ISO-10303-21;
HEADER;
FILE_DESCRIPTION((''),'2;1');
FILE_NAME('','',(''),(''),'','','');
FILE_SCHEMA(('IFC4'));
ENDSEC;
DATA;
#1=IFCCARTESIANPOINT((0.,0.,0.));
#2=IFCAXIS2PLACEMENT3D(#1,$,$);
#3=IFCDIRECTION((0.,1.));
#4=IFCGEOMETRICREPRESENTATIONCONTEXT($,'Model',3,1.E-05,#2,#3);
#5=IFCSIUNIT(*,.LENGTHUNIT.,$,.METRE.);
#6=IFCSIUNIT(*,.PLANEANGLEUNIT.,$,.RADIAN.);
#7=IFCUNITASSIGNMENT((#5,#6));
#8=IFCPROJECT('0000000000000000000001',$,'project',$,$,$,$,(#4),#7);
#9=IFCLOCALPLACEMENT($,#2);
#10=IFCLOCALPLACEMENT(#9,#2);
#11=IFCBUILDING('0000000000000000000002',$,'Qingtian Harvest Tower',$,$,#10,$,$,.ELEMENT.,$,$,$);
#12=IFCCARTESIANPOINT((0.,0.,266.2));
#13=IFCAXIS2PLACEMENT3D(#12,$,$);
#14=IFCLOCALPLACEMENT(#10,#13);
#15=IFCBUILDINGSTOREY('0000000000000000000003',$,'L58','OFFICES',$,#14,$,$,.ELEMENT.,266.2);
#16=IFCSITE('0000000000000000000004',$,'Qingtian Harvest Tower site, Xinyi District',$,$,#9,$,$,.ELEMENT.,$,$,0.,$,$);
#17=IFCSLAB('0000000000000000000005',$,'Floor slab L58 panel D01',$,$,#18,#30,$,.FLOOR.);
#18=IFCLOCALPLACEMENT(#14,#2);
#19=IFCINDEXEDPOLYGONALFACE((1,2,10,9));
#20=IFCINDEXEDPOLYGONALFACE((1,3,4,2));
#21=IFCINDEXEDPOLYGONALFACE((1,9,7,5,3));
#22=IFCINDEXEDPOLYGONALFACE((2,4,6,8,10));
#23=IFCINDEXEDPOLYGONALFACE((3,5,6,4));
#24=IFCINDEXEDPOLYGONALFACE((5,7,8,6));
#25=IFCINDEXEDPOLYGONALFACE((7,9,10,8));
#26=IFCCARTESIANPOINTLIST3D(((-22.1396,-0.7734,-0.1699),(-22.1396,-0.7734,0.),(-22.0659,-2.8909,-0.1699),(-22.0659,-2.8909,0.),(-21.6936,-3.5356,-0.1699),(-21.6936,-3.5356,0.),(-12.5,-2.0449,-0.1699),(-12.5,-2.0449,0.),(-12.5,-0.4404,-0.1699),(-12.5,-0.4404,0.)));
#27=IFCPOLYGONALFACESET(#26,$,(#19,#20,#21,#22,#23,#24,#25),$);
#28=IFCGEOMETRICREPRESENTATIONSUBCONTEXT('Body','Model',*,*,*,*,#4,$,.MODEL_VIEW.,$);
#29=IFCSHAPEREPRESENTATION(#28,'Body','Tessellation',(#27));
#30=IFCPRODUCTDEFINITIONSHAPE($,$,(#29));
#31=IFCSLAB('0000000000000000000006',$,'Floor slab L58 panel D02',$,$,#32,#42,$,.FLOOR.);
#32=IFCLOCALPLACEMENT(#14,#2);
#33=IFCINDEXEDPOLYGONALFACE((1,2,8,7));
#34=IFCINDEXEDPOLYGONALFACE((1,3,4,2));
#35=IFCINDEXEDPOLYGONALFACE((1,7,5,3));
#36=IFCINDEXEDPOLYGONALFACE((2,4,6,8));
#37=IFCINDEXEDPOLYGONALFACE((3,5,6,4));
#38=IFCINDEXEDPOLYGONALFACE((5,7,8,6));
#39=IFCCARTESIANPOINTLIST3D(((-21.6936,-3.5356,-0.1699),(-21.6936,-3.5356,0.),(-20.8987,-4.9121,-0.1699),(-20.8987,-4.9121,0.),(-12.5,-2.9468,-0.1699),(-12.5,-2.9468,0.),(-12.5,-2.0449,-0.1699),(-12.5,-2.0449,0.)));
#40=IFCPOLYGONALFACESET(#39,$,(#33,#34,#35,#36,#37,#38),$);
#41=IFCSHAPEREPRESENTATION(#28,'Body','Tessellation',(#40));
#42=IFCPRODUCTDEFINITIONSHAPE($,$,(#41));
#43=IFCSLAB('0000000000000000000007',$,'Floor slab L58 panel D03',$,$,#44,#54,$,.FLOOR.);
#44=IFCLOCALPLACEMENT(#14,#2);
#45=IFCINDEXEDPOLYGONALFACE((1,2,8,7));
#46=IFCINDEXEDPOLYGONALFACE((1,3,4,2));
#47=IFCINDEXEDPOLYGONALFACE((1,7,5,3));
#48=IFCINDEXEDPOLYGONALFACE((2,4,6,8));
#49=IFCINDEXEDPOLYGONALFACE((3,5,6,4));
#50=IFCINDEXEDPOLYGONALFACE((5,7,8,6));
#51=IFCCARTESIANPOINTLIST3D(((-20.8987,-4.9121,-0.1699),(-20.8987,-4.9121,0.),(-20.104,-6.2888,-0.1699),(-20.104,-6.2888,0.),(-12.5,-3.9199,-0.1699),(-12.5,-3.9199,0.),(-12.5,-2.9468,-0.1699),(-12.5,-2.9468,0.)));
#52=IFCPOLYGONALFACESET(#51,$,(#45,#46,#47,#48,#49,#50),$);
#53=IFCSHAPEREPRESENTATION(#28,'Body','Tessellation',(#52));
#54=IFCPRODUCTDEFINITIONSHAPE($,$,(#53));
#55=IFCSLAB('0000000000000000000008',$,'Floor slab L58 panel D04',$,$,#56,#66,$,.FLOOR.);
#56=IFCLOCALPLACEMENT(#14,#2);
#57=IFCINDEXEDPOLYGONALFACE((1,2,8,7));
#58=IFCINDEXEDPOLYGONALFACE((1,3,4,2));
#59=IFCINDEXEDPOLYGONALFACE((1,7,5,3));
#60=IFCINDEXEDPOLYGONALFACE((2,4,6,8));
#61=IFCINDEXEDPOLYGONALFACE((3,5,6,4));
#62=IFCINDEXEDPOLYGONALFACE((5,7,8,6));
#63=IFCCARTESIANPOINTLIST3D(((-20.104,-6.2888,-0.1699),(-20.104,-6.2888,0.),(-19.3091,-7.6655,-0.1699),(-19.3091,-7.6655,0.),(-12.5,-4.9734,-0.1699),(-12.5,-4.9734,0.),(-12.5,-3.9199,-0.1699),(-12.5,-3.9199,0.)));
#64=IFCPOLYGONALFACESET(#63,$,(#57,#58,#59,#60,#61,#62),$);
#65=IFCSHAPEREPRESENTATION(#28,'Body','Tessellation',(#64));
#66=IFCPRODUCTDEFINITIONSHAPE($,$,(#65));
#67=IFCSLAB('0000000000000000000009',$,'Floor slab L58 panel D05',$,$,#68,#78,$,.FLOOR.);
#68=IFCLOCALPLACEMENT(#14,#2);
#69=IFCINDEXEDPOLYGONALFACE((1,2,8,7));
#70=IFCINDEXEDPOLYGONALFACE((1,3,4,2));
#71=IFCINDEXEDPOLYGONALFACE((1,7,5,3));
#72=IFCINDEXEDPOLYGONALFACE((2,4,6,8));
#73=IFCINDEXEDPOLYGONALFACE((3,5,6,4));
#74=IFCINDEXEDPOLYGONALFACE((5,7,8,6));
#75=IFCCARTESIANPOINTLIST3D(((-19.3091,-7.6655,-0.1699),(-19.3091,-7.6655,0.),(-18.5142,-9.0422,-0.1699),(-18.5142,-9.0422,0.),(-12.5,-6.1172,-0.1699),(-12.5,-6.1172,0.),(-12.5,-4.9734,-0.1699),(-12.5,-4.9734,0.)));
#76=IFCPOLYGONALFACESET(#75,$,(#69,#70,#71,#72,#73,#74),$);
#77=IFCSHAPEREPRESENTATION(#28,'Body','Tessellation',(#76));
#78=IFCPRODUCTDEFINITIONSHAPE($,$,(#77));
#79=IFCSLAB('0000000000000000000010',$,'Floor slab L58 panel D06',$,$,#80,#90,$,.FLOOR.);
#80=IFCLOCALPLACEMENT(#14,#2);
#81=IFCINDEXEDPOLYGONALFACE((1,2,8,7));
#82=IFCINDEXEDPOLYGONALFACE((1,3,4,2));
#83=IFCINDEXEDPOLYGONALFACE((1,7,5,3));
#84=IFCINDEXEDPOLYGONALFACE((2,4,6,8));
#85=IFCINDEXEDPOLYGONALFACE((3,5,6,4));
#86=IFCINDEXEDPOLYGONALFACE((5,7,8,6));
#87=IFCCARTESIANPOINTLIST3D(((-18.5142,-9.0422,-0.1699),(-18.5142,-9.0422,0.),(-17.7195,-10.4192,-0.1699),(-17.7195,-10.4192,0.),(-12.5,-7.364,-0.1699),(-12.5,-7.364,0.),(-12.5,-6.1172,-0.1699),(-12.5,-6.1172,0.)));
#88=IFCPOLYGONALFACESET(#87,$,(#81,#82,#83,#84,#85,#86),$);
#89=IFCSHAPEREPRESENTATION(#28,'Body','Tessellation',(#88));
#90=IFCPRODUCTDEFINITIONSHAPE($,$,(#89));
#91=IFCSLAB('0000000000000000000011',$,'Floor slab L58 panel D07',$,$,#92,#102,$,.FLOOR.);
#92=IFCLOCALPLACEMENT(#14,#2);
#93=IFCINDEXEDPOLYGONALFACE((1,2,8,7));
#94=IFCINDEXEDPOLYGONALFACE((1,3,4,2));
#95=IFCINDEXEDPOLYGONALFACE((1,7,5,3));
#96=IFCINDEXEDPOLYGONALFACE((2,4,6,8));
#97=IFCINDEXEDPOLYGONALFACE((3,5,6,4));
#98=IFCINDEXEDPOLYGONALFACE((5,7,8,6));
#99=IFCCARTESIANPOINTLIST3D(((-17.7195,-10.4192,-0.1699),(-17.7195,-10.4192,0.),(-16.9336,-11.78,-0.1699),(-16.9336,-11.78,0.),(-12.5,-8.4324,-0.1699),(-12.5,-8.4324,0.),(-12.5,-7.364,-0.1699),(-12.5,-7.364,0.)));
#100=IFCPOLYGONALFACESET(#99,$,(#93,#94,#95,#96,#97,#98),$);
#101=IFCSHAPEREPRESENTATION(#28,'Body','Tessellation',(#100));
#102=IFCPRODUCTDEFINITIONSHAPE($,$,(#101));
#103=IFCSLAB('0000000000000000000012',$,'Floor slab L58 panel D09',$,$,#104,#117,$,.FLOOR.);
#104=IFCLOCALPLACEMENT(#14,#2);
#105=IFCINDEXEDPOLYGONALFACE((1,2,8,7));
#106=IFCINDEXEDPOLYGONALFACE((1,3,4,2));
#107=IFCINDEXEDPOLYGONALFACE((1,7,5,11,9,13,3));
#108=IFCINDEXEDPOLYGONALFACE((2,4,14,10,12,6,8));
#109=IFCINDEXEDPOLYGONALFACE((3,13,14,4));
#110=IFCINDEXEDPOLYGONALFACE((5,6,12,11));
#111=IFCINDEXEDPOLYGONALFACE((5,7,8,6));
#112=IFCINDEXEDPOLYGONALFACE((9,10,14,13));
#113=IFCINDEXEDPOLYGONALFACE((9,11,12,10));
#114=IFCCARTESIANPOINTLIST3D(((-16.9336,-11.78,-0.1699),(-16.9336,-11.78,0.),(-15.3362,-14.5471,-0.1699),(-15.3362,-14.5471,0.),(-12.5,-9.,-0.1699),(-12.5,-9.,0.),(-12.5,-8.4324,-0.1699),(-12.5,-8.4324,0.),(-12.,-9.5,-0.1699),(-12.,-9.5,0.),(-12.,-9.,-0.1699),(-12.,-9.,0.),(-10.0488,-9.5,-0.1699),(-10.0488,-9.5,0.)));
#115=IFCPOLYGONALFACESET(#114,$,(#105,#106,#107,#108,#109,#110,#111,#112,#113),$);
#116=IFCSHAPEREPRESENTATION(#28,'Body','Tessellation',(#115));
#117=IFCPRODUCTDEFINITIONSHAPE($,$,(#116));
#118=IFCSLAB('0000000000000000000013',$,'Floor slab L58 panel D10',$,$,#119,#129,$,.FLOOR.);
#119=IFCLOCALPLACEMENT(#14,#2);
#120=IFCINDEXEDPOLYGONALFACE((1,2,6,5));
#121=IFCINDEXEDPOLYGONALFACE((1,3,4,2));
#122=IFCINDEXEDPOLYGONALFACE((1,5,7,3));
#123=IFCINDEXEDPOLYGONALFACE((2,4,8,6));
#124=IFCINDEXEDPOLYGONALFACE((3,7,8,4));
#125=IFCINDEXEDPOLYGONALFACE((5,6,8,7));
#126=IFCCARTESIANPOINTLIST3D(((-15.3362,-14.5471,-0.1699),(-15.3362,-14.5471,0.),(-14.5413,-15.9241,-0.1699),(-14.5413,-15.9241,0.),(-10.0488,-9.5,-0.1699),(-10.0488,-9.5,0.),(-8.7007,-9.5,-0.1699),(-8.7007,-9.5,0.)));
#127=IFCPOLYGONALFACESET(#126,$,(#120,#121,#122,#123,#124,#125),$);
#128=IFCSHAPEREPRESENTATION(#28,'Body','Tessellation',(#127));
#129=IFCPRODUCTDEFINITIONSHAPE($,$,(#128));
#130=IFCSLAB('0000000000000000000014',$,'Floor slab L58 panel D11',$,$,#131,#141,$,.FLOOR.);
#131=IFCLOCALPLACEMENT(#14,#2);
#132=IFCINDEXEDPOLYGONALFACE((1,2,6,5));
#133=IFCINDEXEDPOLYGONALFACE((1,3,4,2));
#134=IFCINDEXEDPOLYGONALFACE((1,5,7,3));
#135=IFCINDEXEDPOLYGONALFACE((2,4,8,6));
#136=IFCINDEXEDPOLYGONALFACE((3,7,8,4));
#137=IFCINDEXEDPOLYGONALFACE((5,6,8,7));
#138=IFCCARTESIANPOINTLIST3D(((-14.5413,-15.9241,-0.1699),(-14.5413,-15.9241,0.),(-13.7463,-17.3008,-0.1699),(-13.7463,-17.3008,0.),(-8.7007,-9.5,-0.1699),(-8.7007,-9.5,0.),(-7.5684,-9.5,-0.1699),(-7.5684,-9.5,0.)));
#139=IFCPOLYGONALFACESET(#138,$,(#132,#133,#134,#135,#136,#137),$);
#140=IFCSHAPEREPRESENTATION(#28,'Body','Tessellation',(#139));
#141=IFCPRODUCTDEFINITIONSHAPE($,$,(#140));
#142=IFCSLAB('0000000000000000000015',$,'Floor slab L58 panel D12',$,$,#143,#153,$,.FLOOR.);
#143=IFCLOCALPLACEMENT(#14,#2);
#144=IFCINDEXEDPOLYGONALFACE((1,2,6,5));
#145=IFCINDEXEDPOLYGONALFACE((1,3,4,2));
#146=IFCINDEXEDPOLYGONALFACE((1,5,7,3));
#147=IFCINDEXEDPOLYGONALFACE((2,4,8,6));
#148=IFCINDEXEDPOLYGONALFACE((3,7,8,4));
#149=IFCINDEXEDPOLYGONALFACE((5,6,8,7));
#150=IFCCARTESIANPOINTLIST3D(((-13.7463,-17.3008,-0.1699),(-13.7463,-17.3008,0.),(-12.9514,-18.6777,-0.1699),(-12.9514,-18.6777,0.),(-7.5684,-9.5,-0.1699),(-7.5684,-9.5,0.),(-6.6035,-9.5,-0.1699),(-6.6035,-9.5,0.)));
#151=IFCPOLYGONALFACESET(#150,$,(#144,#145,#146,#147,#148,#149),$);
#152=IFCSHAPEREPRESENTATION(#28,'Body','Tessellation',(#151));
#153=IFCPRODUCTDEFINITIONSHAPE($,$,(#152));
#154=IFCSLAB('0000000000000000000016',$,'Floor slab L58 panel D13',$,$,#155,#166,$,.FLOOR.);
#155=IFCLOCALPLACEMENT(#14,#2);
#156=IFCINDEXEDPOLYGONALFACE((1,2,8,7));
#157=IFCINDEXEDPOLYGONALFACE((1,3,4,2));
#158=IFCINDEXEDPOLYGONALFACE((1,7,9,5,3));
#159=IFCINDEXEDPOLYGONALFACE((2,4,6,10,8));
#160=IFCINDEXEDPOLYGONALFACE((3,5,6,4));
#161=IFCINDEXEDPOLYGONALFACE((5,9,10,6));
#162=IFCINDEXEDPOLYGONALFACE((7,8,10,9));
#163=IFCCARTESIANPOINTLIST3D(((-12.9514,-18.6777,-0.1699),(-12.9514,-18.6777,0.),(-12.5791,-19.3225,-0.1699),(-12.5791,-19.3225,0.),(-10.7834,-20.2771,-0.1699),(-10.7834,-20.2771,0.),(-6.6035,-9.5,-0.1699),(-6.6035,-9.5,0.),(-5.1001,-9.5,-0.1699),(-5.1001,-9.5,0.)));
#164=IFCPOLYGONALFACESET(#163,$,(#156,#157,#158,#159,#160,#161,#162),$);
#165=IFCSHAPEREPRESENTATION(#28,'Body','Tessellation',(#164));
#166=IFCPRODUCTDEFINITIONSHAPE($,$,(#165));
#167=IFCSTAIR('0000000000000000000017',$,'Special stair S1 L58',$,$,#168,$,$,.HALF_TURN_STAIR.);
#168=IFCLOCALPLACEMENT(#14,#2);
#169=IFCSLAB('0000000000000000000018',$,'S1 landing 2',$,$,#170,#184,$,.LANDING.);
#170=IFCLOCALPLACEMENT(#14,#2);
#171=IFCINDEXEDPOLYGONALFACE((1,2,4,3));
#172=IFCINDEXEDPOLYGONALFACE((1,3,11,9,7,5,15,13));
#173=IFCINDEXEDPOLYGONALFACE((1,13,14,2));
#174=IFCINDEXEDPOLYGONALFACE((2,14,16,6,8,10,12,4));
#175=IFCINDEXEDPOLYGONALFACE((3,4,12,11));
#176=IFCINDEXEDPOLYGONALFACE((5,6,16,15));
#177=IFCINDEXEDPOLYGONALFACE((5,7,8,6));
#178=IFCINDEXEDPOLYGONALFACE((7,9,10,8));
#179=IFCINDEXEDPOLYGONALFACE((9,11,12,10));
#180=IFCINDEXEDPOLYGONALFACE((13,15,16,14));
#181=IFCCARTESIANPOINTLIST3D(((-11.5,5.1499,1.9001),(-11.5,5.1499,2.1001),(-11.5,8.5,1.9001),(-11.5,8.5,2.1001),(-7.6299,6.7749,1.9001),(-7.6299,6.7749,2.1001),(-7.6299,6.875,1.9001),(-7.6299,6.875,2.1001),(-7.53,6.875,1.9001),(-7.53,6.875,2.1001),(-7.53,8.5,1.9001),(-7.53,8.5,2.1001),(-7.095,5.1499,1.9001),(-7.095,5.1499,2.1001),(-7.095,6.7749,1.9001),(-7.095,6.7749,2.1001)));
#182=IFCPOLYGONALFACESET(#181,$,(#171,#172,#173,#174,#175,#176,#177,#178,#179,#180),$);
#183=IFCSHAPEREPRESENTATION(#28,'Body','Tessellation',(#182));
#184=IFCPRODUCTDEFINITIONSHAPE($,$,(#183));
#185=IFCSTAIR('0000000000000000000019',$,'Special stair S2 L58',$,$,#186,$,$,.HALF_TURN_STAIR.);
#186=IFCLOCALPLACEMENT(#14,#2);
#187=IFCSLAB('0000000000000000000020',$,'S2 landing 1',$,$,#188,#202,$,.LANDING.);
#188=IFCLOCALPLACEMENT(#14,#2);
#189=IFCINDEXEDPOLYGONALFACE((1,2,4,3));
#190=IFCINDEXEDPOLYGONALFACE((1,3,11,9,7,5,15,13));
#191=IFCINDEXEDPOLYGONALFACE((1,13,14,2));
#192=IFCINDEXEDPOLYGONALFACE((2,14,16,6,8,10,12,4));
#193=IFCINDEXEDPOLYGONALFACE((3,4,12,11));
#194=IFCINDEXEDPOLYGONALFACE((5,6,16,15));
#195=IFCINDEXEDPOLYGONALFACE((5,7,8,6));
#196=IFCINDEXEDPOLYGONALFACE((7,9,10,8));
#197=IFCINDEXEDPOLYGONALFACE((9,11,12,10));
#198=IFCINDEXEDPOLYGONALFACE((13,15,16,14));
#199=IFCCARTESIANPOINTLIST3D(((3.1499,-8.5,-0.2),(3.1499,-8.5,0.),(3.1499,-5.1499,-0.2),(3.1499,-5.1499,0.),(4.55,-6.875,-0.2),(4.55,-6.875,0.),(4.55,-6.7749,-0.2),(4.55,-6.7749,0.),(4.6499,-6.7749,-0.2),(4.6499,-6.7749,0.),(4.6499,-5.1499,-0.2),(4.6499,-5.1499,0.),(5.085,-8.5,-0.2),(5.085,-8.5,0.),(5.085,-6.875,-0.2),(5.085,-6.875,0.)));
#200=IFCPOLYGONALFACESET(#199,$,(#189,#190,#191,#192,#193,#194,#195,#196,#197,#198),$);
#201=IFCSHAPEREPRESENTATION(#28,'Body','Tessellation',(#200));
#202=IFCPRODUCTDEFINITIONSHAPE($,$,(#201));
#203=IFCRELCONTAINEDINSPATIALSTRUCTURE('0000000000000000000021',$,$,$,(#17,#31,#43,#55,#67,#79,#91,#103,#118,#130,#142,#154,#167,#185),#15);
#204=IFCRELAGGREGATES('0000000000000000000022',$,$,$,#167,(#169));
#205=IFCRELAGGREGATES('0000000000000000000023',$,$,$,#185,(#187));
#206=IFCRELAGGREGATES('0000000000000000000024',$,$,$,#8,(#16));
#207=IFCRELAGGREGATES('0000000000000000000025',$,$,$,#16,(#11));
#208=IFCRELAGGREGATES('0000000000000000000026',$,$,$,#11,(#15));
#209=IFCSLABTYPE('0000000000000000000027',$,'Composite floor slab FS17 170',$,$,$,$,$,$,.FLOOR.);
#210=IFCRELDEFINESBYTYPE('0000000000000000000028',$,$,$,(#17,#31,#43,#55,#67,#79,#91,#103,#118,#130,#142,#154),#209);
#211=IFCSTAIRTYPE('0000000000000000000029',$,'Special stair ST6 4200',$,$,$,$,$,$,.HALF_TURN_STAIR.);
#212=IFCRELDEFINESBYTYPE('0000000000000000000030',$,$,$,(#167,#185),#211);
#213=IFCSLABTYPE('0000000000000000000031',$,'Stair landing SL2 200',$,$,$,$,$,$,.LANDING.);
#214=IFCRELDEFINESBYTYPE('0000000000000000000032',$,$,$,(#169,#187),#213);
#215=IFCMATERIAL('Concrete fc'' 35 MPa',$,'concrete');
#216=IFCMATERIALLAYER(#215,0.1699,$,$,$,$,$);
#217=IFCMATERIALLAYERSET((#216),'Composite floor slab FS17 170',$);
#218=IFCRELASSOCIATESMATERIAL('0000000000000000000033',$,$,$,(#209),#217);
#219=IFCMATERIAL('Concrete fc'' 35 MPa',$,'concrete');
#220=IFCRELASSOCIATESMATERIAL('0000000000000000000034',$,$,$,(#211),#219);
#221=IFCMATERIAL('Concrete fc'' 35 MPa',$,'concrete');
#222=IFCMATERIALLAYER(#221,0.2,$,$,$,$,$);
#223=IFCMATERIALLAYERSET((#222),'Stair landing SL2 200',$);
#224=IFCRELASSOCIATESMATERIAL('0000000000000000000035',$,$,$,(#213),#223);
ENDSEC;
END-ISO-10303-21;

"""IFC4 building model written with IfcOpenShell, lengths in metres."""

from ifc_helpers import new_model, si_unit, direction, frame, origin, place, context, subcontext, project, spatial, polyline, outline, extrude, material, layer, layer_set, type_object, element, aggregate, save


model = new_model("IFC4")

# Units and contexts
model_context = context("Model", 3, precision=1e-05, world=origin(), true_north=direction((0.0, 1.0)))
body_context = subcontext(model_context, "Body", "Model", "MODEL_VIEW")
ifc_project = project(units=[si_unit("LENGTHUNIT", "METRE"), si_unit("PLANEANGLEUNIT", "RADIAN")], contexts=[model_context])

# Site, building, storey
site_placement = place(None, origin())
site = spatial("IfcSite", under=ifc_project, at=site_placement, Name="Qingtian Harvest Tower site, Xinyi District", CompositionType="ELEMENT", RefElevation=0.0)
building_placement = place(site_placement, origin())
building = spatial("IfcBuilding", under=site, at=building_placement, Name="Qingtian Harvest Tower", CompositionType="ELEMENT")
storey_placement = place(building_placement, frame((0.0, 0.0, 266.2)))
storey = spatial("IfcBuildingStorey", under=building, at=storey_placement, Name="L58", Description="OFFICES", CompositionType="ELEMENT", Elevation=266.2)

# Slabs
ifc_material_1 = material(Name="Concrete fc' 35 MPa", Category="concrete")
ifc_layer_1 = layer(ifc_material_1, 0.1699)
ifc_layer_set_1 = layer_set([ifc_layer_1], Name="Composite floor slab FS17 170")
slab_type_1 = type_object("IfcSlabType", Name="Composite floor slab FS17 170", PredefinedType="FLOOR", material=ifc_layer_set_1)
slab_1_placement = place(storey_placement, frame((0.0, 0.0, -0.1699)))
element("IfcSlab", 1, at=slab_1_placement, inside=storey, type_object=slab_type_1, Name="Floor slab L58 panel D01", PredefinedType="FLOOR", context=body_context, shape_type="SweptSolid", body=[
    extrude(outline(polyline([(-22.1396, -0.7734), (-12.5, -0.4404), (-12.5, -2.0449), (-21.6936, -3.5356), (-22.0659, -2.8909), (-22.1396, -0.7734)])), origin(), (0.0, 0.0, 1.0), 0.1699),
])
slab_2_placement = place(storey_placement, frame((0.0, 0.0, -0.1699)))
element("IfcSlab", 2, at=slab_2_placement, inside=storey, type_object=slab_type_1, Name="Floor slab L58 panel D02", PredefinedType="FLOOR", context=body_context, shape_type="SweptSolid", body=[
    extrude(outline(polyline([(-12.5, -2.9468), (-20.8987, -4.9121), (-21.6936, -3.5356), (-12.5, -2.0449), (-12.5, -2.9468)])), origin(), (0.0, 0.0, 1.0), 0.1699),
])
slab_3_placement = place(storey_placement, frame((0.0, 0.0, -0.1699)))
element("IfcSlab", 3, at=slab_3_placement, inside=storey, type_object=slab_type_1, Name="Floor slab L58 panel D03", PredefinedType="FLOOR", context=body_context, shape_type="SweptSolid", body=[
    extrude(outline(polyline([(-12.5, -3.9199), (-20.104, -6.2888), (-20.8987, -4.9121), (-12.5, -2.9468), (-12.5, -3.9199)])), origin(), (0.0, 0.0, 1.0), 0.1699),
])
slab_4_placement = place(storey_placement, frame((0.0, 0.0, -0.1699)))
element("IfcSlab", 4, at=slab_4_placement, inside=storey, type_object=slab_type_1, Name="Floor slab L58 panel D04", PredefinedType="FLOOR", context=body_context, shape_type="SweptSolid", body=[
    extrude(outline(polyline([(-12.5, -4.9734), (-19.3091, -7.6655), (-20.104, -6.2888), (-12.5, -3.9199), (-12.5, -4.9734)])), origin(), (0.0, 0.0, 1.0), 0.1699),
])
slab_5_placement = place(storey_placement, frame((0.0, 0.0, -0.1699)))
element("IfcSlab", 5, at=slab_5_placement, inside=storey, type_object=slab_type_1, Name="Floor slab L58 panel D05", PredefinedType="FLOOR", context=body_context, shape_type="SweptSolid", body=[
    extrude(outline(polyline([(-12.5, -6.1172), (-18.5142, -9.0422), (-19.3091, -7.6655), (-12.5, -4.9734), (-12.5, -6.1172)])), origin(), (0.0, 0.0, 1.0), 0.1699),
])
slab_6_placement = place(storey_placement, frame((0.0, 0.0, -0.1699)))
element("IfcSlab", 6, at=slab_6_placement, inside=storey, type_object=slab_type_1, Name="Floor slab L58 panel D06", PredefinedType="FLOOR", context=body_context, shape_type="SweptSolid", body=[
    extrude(outline(polyline([(-12.5, -7.364), (-17.7195, -10.4192), (-18.5142, -9.0422), (-12.5, -6.1172), (-12.5, -7.364)])), origin(), (0.0, 0.0, 1.0), 0.1699),
])
slab_7_placement = place(storey_placement, frame((0.0, 0.0, -0.1699)))
element("IfcSlab", 7, at=slab_7_placement, inside=storey, type_object=slab_type_1, Name="Floor slab L58 panel D07", PredefinedType="FLOOR", context=body_context, shape_type="SweptSolid", body=[
    extrude(outline(polyline([(-12.5, -8.4324), (-16.9336, -11.78), (-17.7195, -10.4192), (-12.5, -7.364), (-12.5, -8.4324)])), origin(), (0.0, 0.0, 1.0), 0.1699),
])
slab_8_placement = place(storey_placement, frame((0.0, 0.0, -0.1699)))
element("IfcSlab", 8, at=slab_8_placement, inside=storey, type_object=slab_type_1, Name="Floor slab L58 panel D09", PredefinedType="FLOOR", context=body_context, shape_type="SweptSolid", body=[
    extrude(outline(polyline([(-15.3362, -14.5471), (-16.9336, -11.78), (-12.5, -8.4324), (-12.5, -9.0), (-12.0, -9.0), (-12.0, -9.5), (-10.0488, -9.5), (-15.3362, -14.5471)])), origin(), (0.0, 0.0, 1.0), 0.1699),
])
slab_9_placement = place(storey_placement, frame((0.0, 0.0, -0.1699)))
element("IfcSlab", 9, at=slab_9_placement, inside=storey, type_object=slab_type_1, Name="Floor slab L58 panel D10", PredefinedType="FLOOR", context=body_context, shape_type="SweptSolid", body=[
    extrude(outline(polyline([(-8.7007, -9.5), (-14.5413, -15.9241), (-15.3362, -14.5471), (-10.0488, -9.5), (-8.7007, -9.5)])), origin(), (0.0, 0.0, 1.0), 0.1699),
])
slab_10_placement = place(storey_placement, frame((0.0, 0.0, -0.1699)))
element("IfcSlab", 10, at=slab_10_placement, inside=storey, type_object=slab_type_1, Name="Floor slab L58 panel D11", PredefinedType="FLOOR", context=body_context, shape_type="SweptSolid", body=[
    extrude(outline(polyline([(-7.5684, -9.5), (-13.7463, -17.3008), (-14.5413, -15.9241), (-8.7007, -9.5), (-7.5684, -9.5)])), origin(), (0.0, 0.0, 1.0), 0.1699),
])
slab_11_placement = place(storey_placement, frame((0.0, 0.0, -0.1699)))
element("IfcSlab", 11, at=slab_11_placement, inside=storey, type_object=slab_type_1, Name="Floor slab L58 panel D12", PredefinedType="FLOOR", context=body_context, shape_type="SweptSolid", body=[
    extrude(outline(polyline([(-6.6035, -9.5), (-12.9514, -18.6777), (-13.7463, -17.3008), (-7.5684, -9.5), (-6.6035, -9.5)])), origin(), (0.0, 0.0, 1.0), 0.1699),
])
slab_12_placement = place(storey_placement, frame((0.0, 0.0, -0.1699)))
element("IfcSlab", 12, at=slab_12_placement, inside=storey, type_object=slab_type_1, Name="Floor slab L58 panel D13", PredefinedType="FLOOR", context=body_context, shape_type="SweptSolid", body=[
    extrude(outline(polyline([(-6.6035, -9.5), (-5.1001, -9.5), (-10.7834, -20.2771), (-12.5791, -19.3225), (-12.9514, -18.6777), (-6.6035, -9.5)])), origin(), (0.0, 0.0, 1.0), 0.1699),
])

# Stair, slab
ifc_material_2 = material(Name="Concrete fc' 35 MPa", Category="concrete")
stair_type = type_object("IfcStairType", Name="Special stair ST6 4200", PredefinedType="HALF_TURN_STAIR", material=ifc_material_2)
stair_1_placement = place(storey_placement, origin())
stair_1 = element("IfcStair", 13, at=stair_1_placement, inside=storey, type_object=stair_type, Name="Special stair S1 L58", PredefinedType="HALF_TURN_STAIR")
ifc_material_3 = material(Name="Concrete fc' 35 MPa", Category="concrete")
ifc_layer_2 = layer(ifc_material_3, 0.2)
ifc_layer_set_2 = layer_set([ifc_layer_2], Name="Stair landing SL2 200")
slab_type_2 = type_object("IfcSlabType", Name="Stair landing SL2 200", PredefinedType="LANDING", material=ifc_layer_set_2)
slab_13_placement = place(storey_placement, frame((0.0, 0.0, 1.9001)))
slab_13 = element("IfcSlab", 14, at=slab_13_placement, type_object=slab_type_2, Name="S1 landing 2", PredefinedType="LANDING", context=body_context, shape_type="SweptSolid", body=[
    extrude(outline(polyline([(-7.095, 5.1499), (-11.5, 5.1499), (-11.5, 8.5), (-7.53, 8.5), (-7.53, 6.875), (-7.6299, 6.875), (-7.6299, 6.7749), (-7.095, 6.7749), (-7.095, 5.1499)])), origin(), (0.0, 0.0, 1.0), 0.2),
])
aggregate(stair_1, [slab_13])

# Stair, slab
stair_2_placement = place(storey_placement, origin())
stair_2 = element("IfcStair", 15, at=stair_2_placement, inside=storey, type_object=stair_type, Name="Special stair S2 L58", PredefinedType="HALF_TURN_STAIR")
slab_14_placement = place(storey_placement, frame((0.0, 0.0, -0.2)))
slab_14 = element("IfcSlab", 16, at=slab_14_placement, type_object=slab_type_2, Name="S2 landing 1", PredefinedType="LANDING", context=body_context, shape_type="SweptSolid", body=[
    extrude(outline(polyline([(5.085, -8.5), (3.1499, -8.5), (3.1499, -5.1499), (4.6499, -5.1499), (4.6499, -6.7749), (4.55, -6.7749), (4.55, -6.875), (5.085, -6.875), (5.085, -8.5)])), origin(), (0.0, 0.0, 1.0), 0.2),
])
aggregate(stair_2, [slab_14])

save(model, "model.ifc")
